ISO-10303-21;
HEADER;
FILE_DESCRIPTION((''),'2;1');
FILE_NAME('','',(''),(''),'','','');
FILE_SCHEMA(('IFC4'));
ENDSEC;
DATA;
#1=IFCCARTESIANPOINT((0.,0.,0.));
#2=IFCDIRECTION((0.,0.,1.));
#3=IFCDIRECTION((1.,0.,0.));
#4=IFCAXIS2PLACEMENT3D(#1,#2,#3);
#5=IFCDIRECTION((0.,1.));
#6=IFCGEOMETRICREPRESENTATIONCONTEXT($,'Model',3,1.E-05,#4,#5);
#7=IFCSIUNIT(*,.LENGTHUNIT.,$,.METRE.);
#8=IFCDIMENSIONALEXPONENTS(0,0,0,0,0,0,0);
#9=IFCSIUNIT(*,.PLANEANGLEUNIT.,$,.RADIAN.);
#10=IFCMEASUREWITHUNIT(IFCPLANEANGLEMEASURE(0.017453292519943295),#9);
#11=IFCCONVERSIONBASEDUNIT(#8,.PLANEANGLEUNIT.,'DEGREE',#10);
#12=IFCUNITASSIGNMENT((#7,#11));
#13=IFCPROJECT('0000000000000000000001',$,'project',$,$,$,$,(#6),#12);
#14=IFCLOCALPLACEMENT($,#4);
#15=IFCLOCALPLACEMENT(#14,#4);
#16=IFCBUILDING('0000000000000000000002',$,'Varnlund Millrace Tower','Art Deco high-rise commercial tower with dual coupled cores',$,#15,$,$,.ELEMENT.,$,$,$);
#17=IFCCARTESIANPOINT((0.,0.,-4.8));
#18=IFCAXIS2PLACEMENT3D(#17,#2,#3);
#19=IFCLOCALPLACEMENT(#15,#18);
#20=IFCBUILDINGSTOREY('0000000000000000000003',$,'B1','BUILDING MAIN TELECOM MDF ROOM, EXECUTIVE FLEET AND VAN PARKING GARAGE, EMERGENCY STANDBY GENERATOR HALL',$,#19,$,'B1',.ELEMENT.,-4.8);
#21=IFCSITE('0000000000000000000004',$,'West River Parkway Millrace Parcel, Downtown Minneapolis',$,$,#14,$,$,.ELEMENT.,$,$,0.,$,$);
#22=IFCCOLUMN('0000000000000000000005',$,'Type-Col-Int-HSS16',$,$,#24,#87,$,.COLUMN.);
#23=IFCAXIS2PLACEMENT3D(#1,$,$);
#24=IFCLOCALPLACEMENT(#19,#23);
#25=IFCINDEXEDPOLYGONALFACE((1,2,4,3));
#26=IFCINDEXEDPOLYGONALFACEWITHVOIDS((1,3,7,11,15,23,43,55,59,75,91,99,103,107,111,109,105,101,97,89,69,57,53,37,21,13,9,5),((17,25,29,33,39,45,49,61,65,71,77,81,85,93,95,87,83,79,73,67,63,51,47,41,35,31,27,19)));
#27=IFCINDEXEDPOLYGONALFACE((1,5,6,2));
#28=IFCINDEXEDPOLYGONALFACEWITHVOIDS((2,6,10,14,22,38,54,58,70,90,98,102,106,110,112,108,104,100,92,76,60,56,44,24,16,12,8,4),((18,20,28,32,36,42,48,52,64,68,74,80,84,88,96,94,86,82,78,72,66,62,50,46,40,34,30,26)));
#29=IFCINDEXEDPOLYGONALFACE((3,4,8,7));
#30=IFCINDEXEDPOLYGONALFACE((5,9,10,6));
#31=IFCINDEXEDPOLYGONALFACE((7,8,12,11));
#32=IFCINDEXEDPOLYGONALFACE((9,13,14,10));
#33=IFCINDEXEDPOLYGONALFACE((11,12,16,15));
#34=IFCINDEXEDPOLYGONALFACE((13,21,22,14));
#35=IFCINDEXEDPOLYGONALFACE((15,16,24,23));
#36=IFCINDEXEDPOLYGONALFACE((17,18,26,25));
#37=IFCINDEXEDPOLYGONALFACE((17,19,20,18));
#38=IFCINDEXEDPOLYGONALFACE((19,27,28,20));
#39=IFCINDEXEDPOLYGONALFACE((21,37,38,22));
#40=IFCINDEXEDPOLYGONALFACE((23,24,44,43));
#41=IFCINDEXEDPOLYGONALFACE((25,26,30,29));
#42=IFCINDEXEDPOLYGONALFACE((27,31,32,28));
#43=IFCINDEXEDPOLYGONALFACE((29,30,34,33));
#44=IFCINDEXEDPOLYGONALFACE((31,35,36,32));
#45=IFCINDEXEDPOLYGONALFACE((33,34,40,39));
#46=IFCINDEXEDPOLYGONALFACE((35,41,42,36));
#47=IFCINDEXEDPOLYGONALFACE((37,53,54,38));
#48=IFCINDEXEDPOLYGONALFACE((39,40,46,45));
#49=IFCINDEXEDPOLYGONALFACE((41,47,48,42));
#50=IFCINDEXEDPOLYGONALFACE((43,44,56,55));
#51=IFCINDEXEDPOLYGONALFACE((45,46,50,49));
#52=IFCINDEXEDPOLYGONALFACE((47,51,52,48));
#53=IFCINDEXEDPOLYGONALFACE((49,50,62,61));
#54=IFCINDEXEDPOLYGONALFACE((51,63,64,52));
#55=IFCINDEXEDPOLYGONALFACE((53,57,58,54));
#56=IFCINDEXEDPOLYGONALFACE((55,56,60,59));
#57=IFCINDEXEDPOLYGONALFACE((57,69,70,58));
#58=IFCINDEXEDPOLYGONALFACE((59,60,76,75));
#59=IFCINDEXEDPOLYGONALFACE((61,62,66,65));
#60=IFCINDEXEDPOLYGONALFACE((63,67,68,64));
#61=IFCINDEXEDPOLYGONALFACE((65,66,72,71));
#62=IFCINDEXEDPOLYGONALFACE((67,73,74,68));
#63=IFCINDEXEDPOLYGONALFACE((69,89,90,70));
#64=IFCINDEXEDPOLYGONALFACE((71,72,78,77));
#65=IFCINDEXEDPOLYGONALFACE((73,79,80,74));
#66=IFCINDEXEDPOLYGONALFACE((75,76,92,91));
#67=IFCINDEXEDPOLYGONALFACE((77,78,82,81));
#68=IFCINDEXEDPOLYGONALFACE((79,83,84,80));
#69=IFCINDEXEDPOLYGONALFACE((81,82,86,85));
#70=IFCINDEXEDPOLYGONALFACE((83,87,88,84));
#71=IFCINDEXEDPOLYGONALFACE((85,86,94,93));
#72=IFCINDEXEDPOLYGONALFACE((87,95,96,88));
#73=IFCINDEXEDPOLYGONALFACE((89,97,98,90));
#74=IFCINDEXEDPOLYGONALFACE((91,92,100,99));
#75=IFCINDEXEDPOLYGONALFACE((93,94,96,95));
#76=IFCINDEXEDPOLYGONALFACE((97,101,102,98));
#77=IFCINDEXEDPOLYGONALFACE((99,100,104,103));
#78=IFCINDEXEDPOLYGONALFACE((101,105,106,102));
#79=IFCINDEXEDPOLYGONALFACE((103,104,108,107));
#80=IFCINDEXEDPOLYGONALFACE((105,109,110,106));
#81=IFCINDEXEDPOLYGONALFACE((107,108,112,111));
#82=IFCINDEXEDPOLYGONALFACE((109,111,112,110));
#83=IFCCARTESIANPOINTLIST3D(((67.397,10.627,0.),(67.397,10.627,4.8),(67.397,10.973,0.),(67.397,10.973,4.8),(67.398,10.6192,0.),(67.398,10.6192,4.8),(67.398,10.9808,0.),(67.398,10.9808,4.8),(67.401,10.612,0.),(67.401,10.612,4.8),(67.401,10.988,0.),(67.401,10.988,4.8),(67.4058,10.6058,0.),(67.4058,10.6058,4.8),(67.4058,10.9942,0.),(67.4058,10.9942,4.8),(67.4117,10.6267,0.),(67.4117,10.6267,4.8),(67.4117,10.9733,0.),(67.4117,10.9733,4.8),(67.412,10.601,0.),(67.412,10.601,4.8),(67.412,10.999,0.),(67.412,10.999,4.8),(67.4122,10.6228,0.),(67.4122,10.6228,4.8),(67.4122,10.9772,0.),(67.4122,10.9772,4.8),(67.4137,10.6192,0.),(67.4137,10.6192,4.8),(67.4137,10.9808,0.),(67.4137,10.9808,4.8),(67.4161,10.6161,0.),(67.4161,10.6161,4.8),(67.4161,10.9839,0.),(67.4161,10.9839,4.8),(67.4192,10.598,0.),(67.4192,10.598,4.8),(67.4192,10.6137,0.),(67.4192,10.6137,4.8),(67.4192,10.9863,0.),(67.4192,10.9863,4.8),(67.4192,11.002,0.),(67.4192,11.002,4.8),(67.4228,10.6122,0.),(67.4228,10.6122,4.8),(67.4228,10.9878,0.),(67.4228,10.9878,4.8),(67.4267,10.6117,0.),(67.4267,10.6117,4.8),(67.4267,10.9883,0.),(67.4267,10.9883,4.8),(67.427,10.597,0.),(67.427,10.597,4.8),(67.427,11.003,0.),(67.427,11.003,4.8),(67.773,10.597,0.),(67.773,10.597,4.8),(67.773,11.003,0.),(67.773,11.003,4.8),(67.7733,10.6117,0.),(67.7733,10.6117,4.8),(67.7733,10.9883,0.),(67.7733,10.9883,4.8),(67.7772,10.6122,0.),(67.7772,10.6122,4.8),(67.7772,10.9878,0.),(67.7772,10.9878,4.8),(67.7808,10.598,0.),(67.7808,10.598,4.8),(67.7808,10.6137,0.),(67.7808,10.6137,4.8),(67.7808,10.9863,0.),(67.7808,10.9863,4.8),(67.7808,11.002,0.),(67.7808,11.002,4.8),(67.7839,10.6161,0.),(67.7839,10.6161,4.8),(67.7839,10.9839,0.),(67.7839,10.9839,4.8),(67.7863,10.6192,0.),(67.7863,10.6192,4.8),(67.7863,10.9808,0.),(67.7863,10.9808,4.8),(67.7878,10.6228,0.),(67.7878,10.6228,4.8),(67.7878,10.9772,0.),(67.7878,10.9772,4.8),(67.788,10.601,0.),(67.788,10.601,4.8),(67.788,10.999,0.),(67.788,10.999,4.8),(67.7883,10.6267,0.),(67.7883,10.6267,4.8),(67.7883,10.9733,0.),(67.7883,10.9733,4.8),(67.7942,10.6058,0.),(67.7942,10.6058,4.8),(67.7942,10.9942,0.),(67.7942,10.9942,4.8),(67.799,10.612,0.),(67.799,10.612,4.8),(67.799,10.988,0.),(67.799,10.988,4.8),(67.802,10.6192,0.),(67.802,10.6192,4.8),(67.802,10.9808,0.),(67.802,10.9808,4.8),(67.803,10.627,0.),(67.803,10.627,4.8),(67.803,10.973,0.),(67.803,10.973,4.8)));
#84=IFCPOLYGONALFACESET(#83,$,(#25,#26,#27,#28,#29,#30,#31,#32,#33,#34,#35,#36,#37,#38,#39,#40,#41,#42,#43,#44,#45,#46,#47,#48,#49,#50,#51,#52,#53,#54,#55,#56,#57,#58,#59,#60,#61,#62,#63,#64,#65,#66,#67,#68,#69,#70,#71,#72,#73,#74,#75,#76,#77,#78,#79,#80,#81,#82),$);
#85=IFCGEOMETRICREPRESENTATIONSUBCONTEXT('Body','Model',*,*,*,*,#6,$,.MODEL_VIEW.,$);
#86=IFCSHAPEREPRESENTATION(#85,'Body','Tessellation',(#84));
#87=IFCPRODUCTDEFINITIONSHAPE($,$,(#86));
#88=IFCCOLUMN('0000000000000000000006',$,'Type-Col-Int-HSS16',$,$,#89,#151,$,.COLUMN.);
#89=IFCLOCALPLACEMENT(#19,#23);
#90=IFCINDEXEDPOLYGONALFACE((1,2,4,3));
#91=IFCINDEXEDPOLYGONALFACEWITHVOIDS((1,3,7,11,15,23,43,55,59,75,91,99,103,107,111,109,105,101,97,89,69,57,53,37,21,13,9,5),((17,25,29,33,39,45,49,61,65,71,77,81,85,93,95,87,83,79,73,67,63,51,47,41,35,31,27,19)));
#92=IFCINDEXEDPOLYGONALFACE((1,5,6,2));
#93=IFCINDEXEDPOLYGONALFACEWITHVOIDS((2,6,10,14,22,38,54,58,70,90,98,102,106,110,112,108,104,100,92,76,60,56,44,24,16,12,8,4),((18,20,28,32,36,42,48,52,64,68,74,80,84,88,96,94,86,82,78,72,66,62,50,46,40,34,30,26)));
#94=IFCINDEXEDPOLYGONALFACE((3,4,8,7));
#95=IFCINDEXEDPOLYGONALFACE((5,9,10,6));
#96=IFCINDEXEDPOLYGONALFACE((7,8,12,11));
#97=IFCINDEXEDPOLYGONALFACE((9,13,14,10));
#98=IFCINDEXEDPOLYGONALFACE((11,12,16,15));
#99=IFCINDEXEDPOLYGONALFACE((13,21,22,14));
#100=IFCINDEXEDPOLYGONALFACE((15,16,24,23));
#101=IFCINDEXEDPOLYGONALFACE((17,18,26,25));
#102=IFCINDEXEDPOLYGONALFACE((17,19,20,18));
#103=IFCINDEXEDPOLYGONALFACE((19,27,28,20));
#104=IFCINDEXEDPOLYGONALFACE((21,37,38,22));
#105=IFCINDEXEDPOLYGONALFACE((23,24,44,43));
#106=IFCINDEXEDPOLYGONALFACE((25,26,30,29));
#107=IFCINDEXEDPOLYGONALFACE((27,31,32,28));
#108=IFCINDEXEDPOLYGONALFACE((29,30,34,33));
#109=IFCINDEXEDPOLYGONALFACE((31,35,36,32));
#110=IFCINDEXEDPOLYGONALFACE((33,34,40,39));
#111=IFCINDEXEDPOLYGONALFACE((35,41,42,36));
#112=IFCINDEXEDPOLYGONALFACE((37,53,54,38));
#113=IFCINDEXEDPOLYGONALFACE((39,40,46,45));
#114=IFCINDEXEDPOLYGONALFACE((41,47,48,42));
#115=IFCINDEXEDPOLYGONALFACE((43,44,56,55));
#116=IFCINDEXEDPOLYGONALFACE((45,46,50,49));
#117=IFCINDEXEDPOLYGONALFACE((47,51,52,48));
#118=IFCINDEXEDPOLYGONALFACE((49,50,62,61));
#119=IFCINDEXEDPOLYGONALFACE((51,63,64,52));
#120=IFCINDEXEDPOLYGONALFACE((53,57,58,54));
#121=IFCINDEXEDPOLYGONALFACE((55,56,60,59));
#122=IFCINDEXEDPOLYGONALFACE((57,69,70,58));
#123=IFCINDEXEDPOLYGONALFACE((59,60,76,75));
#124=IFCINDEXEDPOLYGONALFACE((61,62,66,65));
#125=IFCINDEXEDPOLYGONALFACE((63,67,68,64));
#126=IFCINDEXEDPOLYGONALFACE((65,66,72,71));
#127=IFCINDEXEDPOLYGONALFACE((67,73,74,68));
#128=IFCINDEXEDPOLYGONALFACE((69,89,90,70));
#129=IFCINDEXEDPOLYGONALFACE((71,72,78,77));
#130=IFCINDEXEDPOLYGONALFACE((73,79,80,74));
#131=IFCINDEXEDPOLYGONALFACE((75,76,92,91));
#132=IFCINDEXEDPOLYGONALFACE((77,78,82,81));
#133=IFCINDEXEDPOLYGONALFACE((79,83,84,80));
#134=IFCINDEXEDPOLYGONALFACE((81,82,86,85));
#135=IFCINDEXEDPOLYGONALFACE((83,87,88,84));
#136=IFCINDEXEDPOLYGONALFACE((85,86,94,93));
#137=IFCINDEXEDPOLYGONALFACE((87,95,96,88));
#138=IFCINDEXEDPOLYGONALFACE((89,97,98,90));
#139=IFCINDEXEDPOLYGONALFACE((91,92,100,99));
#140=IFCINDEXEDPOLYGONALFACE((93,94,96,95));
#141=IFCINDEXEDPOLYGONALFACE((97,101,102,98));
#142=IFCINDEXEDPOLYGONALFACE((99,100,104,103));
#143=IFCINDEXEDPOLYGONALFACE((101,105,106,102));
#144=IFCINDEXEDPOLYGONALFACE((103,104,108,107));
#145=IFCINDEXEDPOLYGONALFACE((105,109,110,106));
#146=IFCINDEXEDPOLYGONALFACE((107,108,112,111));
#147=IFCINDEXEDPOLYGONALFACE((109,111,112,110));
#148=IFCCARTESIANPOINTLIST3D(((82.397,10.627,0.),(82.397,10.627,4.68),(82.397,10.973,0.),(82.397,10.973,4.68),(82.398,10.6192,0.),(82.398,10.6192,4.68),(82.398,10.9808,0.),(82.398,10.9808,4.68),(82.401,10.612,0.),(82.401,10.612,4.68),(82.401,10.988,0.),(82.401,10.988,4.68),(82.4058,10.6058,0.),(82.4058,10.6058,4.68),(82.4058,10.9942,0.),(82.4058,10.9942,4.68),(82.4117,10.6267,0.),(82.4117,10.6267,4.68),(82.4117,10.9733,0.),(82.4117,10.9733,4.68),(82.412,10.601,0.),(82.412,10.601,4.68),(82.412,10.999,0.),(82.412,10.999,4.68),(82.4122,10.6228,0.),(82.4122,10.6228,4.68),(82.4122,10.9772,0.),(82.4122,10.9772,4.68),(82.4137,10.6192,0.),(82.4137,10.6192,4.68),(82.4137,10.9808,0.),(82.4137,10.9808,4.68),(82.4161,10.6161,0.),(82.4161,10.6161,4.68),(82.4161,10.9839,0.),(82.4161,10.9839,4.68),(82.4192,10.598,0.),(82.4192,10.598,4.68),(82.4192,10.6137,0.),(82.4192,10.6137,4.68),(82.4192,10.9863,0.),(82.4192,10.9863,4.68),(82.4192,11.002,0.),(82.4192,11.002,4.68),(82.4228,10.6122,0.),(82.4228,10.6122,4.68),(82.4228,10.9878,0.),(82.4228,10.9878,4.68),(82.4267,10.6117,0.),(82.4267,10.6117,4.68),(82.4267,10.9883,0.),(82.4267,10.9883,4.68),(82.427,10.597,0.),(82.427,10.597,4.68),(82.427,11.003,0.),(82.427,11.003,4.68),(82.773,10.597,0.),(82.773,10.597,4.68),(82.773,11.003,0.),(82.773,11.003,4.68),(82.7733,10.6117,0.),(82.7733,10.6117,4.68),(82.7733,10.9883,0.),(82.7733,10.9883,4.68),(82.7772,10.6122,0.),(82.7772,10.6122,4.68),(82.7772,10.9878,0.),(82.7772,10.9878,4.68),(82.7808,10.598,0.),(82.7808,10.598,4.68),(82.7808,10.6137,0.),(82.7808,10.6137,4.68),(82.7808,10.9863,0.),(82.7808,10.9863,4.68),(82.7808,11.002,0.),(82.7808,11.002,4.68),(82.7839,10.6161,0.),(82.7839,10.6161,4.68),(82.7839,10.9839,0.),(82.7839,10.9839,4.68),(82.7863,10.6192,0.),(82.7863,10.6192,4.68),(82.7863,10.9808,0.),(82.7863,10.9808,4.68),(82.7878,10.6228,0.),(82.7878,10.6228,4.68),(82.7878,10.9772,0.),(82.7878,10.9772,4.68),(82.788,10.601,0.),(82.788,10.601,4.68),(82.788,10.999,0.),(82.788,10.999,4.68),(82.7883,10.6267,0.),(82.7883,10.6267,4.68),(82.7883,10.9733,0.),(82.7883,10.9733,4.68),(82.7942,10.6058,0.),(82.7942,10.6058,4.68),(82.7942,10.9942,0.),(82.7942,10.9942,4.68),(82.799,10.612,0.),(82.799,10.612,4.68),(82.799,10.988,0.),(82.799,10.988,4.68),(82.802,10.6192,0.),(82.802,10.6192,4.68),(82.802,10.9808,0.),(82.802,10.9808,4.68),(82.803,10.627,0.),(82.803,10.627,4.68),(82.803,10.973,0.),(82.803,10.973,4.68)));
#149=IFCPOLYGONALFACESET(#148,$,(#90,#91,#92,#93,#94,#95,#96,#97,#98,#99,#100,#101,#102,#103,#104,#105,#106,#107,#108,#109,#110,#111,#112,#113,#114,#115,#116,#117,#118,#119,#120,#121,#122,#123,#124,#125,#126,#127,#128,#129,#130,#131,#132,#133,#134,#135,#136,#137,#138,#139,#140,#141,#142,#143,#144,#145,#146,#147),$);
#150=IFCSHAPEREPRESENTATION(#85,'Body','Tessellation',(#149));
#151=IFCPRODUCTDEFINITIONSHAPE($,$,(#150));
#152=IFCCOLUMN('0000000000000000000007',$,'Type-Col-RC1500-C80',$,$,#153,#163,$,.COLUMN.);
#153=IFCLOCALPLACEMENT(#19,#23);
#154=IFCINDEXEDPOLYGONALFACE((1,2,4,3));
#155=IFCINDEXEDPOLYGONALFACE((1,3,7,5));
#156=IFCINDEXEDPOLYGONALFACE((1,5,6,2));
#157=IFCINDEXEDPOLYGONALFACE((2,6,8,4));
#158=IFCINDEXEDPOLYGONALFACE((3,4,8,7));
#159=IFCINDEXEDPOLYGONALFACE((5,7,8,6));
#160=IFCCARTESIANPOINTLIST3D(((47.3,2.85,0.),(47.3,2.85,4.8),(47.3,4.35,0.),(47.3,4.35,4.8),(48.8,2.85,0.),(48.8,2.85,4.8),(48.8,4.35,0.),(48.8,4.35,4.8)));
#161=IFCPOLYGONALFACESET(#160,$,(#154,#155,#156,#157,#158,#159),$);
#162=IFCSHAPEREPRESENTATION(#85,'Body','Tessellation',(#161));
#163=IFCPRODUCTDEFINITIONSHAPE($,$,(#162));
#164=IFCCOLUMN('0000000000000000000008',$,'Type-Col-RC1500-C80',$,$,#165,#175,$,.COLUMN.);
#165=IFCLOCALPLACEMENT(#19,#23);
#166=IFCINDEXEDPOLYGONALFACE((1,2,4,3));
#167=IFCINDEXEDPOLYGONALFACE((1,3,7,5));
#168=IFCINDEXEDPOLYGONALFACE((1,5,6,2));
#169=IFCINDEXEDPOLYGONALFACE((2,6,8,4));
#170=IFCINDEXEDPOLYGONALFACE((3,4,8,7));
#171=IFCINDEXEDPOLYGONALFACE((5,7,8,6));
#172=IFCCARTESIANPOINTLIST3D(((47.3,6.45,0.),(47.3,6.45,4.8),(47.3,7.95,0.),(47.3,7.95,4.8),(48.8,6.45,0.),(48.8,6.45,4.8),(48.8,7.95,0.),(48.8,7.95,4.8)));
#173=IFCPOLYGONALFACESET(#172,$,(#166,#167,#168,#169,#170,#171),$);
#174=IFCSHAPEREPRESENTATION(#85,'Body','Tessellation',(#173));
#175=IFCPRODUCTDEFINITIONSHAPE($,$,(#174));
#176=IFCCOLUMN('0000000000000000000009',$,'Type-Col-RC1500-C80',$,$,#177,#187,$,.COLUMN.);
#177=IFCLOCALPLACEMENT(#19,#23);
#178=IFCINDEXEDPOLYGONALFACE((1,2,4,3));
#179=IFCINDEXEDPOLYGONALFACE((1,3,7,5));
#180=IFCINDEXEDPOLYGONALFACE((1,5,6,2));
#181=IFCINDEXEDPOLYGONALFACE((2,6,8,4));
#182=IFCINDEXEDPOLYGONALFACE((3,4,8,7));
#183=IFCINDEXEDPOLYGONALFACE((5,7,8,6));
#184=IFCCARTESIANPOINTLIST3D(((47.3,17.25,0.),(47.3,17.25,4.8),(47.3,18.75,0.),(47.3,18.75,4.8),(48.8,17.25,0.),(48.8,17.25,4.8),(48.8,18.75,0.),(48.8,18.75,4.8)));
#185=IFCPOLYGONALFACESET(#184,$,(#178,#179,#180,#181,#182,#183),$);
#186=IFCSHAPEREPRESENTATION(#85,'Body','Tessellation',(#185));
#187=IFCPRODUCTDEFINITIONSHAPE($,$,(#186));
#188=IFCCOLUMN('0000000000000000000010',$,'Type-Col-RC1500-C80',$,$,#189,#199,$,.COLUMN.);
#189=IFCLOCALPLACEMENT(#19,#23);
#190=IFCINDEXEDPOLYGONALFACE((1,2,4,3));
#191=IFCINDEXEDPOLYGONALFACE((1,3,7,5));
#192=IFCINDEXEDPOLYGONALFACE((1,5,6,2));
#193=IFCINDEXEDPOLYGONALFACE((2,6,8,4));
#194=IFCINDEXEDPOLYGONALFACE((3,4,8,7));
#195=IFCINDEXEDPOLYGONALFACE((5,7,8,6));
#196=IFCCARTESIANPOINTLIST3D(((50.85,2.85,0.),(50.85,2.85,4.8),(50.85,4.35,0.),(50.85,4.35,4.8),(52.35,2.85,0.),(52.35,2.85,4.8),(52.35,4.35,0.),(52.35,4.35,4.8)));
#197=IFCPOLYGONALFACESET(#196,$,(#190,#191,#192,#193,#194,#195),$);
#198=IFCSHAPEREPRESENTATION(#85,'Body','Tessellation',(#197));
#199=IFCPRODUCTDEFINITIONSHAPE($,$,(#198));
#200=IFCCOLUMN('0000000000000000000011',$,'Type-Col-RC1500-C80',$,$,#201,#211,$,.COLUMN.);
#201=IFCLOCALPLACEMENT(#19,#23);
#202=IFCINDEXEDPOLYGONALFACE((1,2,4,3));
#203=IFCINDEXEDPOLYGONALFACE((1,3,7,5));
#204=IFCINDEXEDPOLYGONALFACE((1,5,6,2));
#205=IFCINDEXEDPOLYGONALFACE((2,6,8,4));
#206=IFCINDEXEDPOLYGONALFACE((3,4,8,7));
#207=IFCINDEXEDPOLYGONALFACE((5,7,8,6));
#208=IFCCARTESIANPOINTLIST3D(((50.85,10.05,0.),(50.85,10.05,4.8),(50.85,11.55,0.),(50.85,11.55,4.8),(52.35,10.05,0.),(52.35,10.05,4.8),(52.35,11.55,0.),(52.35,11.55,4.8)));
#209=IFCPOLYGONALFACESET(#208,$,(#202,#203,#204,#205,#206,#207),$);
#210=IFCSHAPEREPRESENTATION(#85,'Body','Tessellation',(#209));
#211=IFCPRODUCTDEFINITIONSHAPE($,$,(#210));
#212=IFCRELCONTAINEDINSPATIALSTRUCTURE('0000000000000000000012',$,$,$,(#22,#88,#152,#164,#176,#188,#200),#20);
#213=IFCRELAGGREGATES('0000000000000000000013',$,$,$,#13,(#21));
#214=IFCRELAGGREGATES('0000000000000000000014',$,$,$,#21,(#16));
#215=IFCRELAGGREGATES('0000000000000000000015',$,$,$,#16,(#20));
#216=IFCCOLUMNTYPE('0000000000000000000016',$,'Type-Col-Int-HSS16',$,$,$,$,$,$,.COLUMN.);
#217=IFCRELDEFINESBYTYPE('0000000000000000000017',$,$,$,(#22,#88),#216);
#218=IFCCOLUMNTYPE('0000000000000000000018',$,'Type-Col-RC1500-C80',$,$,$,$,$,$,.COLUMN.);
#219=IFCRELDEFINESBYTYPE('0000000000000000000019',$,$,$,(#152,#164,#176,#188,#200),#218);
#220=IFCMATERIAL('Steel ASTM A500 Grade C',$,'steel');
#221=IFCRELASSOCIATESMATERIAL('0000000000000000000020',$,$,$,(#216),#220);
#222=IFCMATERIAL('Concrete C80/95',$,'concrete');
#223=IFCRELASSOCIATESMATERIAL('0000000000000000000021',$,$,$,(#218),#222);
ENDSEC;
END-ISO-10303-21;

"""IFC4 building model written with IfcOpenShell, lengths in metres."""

from ifc_helpers import new_model, entity, si_unit, converted_unit, direction, frame, origin_with_axes, origin_2d_with_axis, place, context, subcontext, project, spatial, rectangle, hollow_rectangle, extrude, material, material_profile, profile_set, type_object, element, save


model = new_model("IFC4")

# Units and contexts
model_context = context("Model", 3, precision=1e-05, world=origin_with_axes(), true_north=direction((0.0, 1.0)))
body_context = subcontext(model_context, "Body", "Model", "MODEL_VIEW")
ifc_project = project(units=[si_unit("LENGTHUNIT", "METRE"), converted_unit("PLANEANGLEUNIT", "DEGREE", entity("IfcPlaneAngleMeasure", 0.017453292519943295), si_unit("PLANEANGLEUNIT", "RADIAN"), dimensions=[0, 0, 0, 0, 0, 0, 0])], contexts=[model_context])

# Site, building, storey
site_placement = place(None, origin_with_axes())
site = spatial("IfcSite", under=ifc_project, at=site_placement, Name="West River Parkway Millrace Parcel, Downtown Minneapolis", CompositionType="ELEMENT", RefElevation=0.0)
building_placement = place(site_placement, origin_with_axes())
building = spatial("IfcBuilding", under=site, at=building_placement, Name="Varnlund Millrace Tower", Description="Art Deco high-rise commercial tower with dual coupled cores", CompositionType="ELEMENT")
storey_placement = place(building_placement, frame((0.0, 0.0, -4.8), z_axis=(0.0, 0.0, 1.0), x_axis=(1.0, 0.0, 0.0)))
storey = spatial("IfcBuildingStorey", under=building, at=storey_placement, Name="B1", Description="BUILDING MAIN TELECOM MDF ROOM, EXECUTIVE FLEET AND VAN PARKING GARAGE, EMERGENCY STANDBY GENERATOR HALL", LongName="B1", CompositionType="ELEMENT", Elevation=-4.8)

# Columns
ifc_material_1 = material(Name="Steel ASTM A500 Grade C", Category="steel")
ifc_material_profile_1 = material_profile(ifc_material_1, hollow_rectangle(XDim=0.406, YDim=0.406, WallThickness=0.0147, InnerFilletRadius=0.015, OuterFilletRadius=0.03, at=origin_2d_with_axis()), Name="Steel ASTM A500 Grade C")
ifc_profile_set_1 = profile_set([ifc_material_profile_1], Name="Steel ASTM A500 Grade C")
column_type_1 = type_object("IfcColumnType", Name="Type-Col-Int-HSS16", PredefinedType="COLUMN", material=ifc_profile_set_1)
column_1_placement = place(storey_placement, frame((67.6, 10.8, 0.0), z_axis=(0.0, 0.0, 1.0), x_axis=(1.0, 0.0, 0.0)))
element("IfcColumn", 1, at=column_1_placement, inside=storey, type_object=column_type_1, Name="Type-Col-Int-HSS16", PredefinedType="COLUMN", context=body_context, shape_type="SweptSolid", body=[
    extrude(hollow_rectangle(XDim=0.406, YDim=0.406, WallThickness=0.0147, InnerFilletRadius=0.015, OuterFilletRadius=0.03, at=origin_2d_with_axis()), origin_with_axes(), (0.0, 0.0, 1.0), 4.8),
])
column_2_placement = place(storey_placement, frame((82.6, 10.8, 0.0), z_axis=(0.0, 0.0, 1.0), x_axis=(1.0, 0.0, 0.0)))
element("IfcColumn", 2, at=column_2_placement, inside=storey, type_object=column_type_1, Name="Type-Col-Int-HSS16", PredefinedType="COLUMN", context=body_context, shape_type="SweptSolid", body=[
    extrude(hollow_rectangle(XDim=0.406, YDim=0.406, WallThickness=0.0147, InnerFilletRadius=0.015, OuterFilletRadius=0.03, at=origin_2d_with_axis()), origin_with_axes(), (0.0, 0.0, 1.0), 4.68),
])
ifc_material_2 = material(Name="Concrete C80/95", Category="concrete")
ifc_material_profile_2 = material_profile(ifc_material_2, rectangle(XDim=1.5, YDim=1.5, at=origin_2d_with_axis()), Name="Concrete C80/95")
ifc_profile_set_2 = profile_set([ifc_material_profile_2], Name="Concrete C80/95")
column_type_2 = type_object("IfcColumnType", Name="Type-Col-RC1500-C80", PredefinedType="COLUMN", material=ifc_profile_set_2)
for number, where, z_axis, x_axis, name in (
    (3, (48.05, 3.6, 0.0), (0.0, 0.0, 1.0), (1.0, 0.0, 0.0), "Type-Col-RC1500-C80"),
    (4, (48.05, 7.2, 0.0), (0.0, 0.0, 1.0), (1.0, 0.0, 0.0), "Type-Col-RC1500-C80"),
    (5, (48.05, 18.0, 0.0), (0.0, 0.0, 1.0), (1.0, 0.0, 0.0), "Type-Col-RC1500-C80"),
    (6, (51.6, 3.6, 0.0), (0.0, 0.0, 1.0), (1.0, 0.0, 0.0), "Type-Col-RC1500-C80"),
    (7, (51.6, 10.8, 0.0), (0.0, 0.0, 1.0), (1.0, 0.0, 0.0), "Type-Col-RC1500-C80"),
):
    element("IfcColumn", number, at=place(storey_placement, frame(where, z_axis=z_axis, x_axis=x_axis)), inside=storey, type_object=column_type_2, Name=name, PredefinedType="COLUMN", context=body_context, shape_type="SweptSolid", body=[
        extrude(rectangle(XDim=1.5, YDim=1.5, at=origin_2d_with_axis()), origin_with_axes(), (0.0, 0.0, 1.0), 4.8),
    ])

save(model, "model.ifc")
